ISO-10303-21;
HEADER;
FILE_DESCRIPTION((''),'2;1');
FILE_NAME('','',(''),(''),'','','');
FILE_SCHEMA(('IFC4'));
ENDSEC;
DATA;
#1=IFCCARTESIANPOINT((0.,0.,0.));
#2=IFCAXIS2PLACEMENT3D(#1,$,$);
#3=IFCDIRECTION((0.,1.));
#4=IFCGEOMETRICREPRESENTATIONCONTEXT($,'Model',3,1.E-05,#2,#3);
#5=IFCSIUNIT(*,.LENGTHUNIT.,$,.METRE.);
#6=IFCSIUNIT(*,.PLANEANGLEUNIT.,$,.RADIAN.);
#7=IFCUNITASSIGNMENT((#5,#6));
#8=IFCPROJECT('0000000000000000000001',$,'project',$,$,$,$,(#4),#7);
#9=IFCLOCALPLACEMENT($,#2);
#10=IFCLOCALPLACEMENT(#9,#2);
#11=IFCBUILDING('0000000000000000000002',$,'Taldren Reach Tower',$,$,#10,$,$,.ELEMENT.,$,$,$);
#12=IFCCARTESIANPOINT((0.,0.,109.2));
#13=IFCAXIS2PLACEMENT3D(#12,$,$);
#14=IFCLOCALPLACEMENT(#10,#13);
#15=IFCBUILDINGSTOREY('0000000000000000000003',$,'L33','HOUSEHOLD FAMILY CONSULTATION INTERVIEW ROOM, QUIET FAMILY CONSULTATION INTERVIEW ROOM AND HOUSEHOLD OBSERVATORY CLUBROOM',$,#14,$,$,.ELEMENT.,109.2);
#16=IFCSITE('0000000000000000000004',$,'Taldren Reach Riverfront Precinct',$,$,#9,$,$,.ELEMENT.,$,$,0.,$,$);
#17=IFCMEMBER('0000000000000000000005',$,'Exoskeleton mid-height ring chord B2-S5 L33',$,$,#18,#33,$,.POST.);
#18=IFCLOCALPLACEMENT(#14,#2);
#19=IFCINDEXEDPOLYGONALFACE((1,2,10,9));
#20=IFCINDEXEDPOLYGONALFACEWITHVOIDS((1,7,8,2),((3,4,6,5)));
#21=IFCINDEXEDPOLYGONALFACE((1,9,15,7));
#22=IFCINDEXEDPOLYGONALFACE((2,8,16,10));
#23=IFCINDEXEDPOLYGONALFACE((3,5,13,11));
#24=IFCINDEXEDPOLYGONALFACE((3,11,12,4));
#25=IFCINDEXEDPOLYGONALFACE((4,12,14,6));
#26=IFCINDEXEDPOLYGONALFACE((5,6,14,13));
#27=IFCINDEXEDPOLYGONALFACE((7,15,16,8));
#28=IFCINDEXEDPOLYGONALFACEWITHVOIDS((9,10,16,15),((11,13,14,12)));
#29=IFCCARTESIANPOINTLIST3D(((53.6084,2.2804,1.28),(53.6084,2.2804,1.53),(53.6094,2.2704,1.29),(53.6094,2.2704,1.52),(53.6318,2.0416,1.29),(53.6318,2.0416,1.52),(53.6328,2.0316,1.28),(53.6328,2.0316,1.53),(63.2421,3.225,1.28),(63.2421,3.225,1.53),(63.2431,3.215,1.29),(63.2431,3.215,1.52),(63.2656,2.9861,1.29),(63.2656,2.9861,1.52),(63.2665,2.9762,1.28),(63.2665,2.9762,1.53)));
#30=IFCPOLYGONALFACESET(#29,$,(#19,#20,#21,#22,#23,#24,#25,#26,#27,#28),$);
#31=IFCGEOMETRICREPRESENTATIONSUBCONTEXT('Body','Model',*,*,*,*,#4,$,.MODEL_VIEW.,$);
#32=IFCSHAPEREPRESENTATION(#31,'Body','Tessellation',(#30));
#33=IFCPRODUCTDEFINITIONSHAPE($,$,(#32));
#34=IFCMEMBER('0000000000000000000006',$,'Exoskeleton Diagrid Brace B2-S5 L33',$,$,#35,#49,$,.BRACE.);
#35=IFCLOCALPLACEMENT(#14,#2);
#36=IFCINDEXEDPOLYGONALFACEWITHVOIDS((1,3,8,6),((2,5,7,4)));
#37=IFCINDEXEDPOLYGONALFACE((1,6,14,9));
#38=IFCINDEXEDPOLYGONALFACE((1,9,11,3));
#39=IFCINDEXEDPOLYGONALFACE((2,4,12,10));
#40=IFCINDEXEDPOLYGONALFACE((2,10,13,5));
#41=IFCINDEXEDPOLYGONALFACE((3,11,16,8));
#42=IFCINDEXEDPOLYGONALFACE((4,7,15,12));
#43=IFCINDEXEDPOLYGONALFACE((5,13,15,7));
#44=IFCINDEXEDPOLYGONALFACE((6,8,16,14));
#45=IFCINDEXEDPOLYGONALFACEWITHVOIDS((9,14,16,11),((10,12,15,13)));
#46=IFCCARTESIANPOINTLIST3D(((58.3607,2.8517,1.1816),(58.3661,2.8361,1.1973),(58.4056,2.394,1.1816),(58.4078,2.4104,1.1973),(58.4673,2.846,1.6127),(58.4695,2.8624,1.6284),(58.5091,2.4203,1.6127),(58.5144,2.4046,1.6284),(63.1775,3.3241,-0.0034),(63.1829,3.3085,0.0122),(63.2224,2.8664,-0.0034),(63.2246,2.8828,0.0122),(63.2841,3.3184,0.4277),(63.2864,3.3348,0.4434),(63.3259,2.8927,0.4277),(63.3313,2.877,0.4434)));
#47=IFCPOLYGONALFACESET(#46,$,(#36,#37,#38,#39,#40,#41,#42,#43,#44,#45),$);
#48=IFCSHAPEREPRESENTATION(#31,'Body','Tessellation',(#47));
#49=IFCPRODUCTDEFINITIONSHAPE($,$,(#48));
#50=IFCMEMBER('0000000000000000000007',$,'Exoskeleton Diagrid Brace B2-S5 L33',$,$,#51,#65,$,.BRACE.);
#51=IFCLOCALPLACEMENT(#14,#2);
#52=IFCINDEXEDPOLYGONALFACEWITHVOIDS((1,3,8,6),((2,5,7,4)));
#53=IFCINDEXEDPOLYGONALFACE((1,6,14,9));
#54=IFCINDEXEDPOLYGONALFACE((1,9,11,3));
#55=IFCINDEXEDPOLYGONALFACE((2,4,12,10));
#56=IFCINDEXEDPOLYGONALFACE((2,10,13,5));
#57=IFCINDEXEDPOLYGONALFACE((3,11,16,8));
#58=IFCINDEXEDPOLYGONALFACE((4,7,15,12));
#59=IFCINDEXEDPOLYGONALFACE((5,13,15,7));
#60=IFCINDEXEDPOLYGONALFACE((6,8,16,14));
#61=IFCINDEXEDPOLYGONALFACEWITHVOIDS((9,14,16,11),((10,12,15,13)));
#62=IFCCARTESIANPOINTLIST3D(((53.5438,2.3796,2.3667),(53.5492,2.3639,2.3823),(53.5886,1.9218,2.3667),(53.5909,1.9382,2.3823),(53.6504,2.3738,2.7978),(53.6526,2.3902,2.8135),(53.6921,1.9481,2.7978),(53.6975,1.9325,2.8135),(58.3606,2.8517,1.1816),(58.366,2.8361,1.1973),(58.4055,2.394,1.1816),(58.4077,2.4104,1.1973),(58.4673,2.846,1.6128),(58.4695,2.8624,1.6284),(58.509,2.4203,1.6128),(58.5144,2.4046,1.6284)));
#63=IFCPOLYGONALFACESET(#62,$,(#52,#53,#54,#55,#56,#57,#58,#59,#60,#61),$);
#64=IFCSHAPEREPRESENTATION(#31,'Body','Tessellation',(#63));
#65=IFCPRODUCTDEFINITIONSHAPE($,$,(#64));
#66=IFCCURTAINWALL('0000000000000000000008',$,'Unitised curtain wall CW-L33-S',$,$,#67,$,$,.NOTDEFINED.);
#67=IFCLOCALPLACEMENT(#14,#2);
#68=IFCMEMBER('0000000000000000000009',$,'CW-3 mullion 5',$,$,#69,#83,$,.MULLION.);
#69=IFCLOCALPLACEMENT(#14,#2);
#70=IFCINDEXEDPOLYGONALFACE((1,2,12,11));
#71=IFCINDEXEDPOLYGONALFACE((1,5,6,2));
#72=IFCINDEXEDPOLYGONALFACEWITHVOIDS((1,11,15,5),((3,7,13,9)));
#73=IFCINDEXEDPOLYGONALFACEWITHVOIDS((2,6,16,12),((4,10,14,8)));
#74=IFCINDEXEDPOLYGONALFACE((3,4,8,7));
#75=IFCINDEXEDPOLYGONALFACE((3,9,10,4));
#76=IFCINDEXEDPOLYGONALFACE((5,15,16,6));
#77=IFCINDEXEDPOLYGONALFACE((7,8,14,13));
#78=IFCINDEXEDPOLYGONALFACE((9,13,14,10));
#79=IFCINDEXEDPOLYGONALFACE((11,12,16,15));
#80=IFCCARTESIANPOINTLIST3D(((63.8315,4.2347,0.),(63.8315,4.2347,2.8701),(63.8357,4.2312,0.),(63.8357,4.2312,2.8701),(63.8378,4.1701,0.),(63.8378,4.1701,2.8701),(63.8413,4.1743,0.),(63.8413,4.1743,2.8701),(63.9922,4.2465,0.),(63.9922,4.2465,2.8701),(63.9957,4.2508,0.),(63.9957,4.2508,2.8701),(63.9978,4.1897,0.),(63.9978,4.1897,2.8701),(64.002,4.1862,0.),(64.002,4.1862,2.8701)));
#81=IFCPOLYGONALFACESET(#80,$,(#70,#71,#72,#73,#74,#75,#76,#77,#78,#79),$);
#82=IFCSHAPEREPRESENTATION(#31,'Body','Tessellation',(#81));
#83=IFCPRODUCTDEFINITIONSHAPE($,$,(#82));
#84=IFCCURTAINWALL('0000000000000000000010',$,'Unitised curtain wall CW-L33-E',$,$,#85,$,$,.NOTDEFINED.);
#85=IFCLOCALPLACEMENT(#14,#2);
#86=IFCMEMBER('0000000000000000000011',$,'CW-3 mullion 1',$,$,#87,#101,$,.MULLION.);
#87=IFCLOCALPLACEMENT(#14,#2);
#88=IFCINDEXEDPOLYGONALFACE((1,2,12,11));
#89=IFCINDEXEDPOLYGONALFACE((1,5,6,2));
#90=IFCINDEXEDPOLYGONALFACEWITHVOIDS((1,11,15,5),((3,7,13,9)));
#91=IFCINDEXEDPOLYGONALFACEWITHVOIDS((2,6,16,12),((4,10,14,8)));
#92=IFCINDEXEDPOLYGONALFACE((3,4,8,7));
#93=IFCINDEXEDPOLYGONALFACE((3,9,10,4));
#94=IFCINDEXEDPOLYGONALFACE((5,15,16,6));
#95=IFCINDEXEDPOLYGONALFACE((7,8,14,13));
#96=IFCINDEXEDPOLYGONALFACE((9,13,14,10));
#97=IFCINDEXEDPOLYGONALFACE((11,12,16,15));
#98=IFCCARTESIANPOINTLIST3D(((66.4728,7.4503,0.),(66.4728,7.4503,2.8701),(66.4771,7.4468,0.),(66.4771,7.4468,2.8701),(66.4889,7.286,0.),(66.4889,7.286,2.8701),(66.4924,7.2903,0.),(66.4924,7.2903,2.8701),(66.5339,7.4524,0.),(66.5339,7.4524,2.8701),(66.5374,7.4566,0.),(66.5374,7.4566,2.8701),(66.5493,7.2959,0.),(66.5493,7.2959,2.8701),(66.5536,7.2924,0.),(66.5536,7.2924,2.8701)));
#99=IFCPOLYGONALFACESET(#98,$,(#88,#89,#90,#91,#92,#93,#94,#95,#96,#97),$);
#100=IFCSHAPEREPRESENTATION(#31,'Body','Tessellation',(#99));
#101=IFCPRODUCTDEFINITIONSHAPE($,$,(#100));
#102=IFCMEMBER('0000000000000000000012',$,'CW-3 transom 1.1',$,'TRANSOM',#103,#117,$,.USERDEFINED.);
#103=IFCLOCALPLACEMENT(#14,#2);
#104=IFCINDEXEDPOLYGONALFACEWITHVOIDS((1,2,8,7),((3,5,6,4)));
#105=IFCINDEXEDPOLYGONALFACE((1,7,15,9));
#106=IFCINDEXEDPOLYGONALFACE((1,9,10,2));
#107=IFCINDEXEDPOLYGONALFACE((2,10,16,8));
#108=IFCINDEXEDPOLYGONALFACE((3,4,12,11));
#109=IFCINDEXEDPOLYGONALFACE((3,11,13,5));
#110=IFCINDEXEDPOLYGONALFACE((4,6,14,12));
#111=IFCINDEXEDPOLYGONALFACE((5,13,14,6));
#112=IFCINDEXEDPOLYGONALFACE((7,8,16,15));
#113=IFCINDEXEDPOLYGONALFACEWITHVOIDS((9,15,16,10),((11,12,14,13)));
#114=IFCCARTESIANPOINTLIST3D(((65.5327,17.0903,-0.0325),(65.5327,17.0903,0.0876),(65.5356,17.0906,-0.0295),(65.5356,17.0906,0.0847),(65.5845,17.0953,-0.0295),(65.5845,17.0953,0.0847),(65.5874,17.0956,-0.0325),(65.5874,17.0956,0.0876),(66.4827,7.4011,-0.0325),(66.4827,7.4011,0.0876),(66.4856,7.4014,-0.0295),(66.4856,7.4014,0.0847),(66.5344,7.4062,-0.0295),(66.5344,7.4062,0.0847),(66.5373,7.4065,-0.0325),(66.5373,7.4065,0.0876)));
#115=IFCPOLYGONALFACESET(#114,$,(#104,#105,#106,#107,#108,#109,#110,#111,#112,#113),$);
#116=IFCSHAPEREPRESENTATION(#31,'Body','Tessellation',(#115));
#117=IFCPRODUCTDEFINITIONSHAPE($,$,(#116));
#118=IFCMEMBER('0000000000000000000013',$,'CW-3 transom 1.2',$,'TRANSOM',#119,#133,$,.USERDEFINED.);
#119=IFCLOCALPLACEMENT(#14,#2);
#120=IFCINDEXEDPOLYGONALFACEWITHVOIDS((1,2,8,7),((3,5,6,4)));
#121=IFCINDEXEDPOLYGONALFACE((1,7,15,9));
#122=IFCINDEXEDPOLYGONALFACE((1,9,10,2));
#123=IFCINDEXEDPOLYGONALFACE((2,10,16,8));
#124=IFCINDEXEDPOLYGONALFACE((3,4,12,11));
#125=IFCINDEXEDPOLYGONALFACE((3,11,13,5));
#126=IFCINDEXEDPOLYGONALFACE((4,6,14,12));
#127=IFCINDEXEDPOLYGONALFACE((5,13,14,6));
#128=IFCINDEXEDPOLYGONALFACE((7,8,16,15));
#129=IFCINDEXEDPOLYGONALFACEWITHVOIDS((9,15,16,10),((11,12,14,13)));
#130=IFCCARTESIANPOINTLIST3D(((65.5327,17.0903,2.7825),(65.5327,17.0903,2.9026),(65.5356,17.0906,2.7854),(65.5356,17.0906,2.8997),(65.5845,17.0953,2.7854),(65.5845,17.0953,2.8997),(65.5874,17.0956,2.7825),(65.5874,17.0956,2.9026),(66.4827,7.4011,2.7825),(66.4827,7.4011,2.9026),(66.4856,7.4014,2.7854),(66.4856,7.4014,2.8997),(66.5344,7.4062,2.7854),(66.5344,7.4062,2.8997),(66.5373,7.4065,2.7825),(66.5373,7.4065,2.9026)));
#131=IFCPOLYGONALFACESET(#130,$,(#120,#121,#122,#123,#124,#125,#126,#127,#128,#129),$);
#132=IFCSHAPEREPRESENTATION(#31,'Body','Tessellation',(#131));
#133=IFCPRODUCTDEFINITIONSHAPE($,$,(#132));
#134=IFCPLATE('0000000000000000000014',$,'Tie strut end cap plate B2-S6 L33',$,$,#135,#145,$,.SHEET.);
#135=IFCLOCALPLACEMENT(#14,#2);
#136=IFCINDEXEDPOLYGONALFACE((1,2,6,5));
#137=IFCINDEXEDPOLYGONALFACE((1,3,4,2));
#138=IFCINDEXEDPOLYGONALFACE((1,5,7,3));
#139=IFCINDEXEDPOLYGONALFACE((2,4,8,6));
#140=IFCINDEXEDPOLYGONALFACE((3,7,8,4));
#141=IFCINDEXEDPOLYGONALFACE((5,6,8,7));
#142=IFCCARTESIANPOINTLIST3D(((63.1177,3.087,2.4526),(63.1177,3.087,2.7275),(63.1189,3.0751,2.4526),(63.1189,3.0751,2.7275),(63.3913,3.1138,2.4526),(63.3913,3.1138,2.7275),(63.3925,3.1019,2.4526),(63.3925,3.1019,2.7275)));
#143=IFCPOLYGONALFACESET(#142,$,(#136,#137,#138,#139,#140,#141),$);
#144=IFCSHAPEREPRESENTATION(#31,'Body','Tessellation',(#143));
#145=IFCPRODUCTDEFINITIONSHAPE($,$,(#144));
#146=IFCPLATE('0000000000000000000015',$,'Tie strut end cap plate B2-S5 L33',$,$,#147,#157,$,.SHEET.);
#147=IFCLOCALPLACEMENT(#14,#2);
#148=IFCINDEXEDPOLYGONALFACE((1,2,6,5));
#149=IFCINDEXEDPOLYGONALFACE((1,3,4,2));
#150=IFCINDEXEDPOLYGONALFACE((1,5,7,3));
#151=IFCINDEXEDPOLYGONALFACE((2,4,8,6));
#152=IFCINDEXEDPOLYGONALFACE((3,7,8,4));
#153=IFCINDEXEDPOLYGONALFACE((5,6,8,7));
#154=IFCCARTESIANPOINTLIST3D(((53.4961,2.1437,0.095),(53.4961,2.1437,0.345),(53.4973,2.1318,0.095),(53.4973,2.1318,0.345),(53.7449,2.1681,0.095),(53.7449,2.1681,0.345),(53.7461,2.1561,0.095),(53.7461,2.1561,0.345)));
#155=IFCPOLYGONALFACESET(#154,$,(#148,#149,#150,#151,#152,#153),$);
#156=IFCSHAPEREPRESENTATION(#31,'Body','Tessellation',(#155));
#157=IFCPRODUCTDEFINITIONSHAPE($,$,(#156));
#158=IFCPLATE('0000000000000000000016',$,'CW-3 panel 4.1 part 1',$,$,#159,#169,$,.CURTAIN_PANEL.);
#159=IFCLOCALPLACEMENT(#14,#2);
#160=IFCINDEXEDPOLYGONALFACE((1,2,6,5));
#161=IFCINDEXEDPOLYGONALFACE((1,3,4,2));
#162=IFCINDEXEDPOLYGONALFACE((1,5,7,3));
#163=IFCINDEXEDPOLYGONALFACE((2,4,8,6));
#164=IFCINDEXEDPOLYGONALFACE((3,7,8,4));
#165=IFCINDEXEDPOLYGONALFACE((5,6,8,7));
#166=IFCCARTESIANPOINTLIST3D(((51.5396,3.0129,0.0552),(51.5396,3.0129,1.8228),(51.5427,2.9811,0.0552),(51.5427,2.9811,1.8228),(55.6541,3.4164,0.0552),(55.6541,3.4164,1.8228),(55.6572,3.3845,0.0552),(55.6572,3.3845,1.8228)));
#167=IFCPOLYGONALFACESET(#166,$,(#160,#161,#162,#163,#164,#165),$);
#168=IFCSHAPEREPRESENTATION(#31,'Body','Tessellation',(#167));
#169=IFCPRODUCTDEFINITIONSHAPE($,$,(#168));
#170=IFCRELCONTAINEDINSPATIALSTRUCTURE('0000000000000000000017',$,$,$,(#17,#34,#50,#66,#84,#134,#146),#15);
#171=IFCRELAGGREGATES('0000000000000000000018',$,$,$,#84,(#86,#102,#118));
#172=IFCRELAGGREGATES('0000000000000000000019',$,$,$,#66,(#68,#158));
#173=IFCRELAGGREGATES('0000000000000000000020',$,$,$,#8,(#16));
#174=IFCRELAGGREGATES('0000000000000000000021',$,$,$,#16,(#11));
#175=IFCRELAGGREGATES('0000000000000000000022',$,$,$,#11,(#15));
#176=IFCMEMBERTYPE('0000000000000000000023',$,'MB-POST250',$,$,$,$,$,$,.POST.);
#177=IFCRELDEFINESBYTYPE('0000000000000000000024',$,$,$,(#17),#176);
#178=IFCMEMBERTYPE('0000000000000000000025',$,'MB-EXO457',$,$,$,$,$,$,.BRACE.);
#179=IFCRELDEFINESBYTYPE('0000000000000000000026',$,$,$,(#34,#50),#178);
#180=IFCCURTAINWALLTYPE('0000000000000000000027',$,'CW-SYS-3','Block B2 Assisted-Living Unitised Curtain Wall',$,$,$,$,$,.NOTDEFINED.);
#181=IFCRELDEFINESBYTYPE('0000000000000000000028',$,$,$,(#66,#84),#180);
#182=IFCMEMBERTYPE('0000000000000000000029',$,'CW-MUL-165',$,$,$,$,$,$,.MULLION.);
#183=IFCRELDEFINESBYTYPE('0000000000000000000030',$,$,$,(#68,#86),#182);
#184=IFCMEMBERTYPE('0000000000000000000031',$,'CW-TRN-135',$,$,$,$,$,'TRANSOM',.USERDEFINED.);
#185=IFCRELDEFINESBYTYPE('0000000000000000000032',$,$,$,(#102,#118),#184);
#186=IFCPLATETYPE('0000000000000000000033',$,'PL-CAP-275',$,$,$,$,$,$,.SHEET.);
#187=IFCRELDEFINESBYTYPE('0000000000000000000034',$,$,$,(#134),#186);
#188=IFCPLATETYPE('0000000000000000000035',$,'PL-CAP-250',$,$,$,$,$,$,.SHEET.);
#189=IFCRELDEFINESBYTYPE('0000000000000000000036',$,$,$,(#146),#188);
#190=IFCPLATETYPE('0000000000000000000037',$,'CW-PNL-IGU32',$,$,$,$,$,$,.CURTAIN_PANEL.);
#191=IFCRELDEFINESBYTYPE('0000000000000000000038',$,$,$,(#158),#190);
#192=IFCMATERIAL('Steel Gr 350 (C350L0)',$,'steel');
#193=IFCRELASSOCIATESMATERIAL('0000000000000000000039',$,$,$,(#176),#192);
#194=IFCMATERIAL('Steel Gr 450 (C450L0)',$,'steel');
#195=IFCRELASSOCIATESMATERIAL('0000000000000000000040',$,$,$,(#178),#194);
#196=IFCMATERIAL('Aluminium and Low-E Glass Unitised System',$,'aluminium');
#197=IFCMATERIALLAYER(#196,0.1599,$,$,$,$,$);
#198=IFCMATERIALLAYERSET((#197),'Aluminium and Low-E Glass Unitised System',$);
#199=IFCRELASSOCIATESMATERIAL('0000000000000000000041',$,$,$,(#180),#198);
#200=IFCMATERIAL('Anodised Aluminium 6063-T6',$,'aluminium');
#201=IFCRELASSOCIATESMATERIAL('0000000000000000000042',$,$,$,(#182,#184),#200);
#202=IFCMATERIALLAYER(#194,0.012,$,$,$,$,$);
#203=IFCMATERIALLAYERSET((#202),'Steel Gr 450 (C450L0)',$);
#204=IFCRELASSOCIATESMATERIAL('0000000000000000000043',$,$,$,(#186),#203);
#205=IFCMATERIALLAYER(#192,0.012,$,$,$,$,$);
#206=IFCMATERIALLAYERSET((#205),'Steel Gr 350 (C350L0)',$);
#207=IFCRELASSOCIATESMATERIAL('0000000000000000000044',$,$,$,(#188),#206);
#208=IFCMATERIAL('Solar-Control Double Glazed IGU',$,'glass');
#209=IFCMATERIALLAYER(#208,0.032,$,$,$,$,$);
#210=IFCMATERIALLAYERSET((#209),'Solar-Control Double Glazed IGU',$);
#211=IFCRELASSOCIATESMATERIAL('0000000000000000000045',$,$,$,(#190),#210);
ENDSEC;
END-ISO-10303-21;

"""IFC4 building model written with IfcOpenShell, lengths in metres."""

from ifc_helpers import new_model, si_unit, direction, frame, origin, origin_2d, place, context, subcontext, project, spatial, rectangle, hollow_rectangle, extrude, source, transform, mapped, material, layer, layer_set, material_profile, profile_set, type_object, element, aggregate, save


model = new_model("IFC4")

# Units and contexts
model_context = context("Model", 3, precision=1e-05, world=origin(), true_north=direction((0.0, 1.0)))
body_context = subcontext(model_context, "Body", "Model", "MODEL_VIEW")
ifc_project = project(units=[si_unit("LENGTHUNIT", "METRE"), si_unit("PLANEANGLEUNIT", "RADIAN")], contexts=[model_context])

# Site, building, storey
site_placement = place(None, origin())
site = spatial("IfcSite", under=ifc_project, at=site_placement, Name="Taldren Reach Riverfront Precinct", CompositionType="ELEMENT", RefElevation=0.0)
building_placement = place(site_placement, origin())
building = spatial("IfcBuilding", under=site, at=building_placement, Name="Taldren Reach Tower", CompositionType="ELEMENT")
storey_placement = place(building_placement, frame((0.0, 0.0, 109.2)))
storey = spatial("IfcBuildingStorey", under=building, at=storey_placement, Name="L33", Description="HOUSEHOLD FAMILY CONSULTATION INTERVIEW ROOM, QUIET FAMILY CONSULTATION INTERVIEW ROOM AND HOUSEHOLD OBSERVATORY CLUBROOM", CompositionType="ELEMENT", Elevation=109.2)

# Shared definitions
ifc_material_1 = material(Name="Steel Gr 450 (C450L0)", Category="steel")
ifc_material_2 = material(Name="Steel Gr 350 (C350L0)", Category="steel")
ifc_material_profile_1 = material_profile(ifc_material_2, hollow_rectangle(XDim=0.25, YDim=0.25, WallThickness=0.01, at=origin_2d()), Name="250x250x10.0SHS")
ifc_profile_set_1 = profile_set([ifc_material_profile_1], Name="Steel Gr 350 (C350L0)")
member_type_1 = type_object("IfcMemberType", Name="MB-POST250", PredefinedType="POST", material=ifc_profile_set_1)

# Members
shared_shape_1 = source(origin(), body_context, "Body", "SweptSolid", [
    extrude(hollow_rectangle(XDim=0.25, YDim=0.25, WallThickness=0.01, at=origin_2d()), origin(), (0.0, 0.0, 1.0), 9.6799),
])
member_1_placement = place(storey_placement, frame((53.6206, 2.156, 1.405), z_axis=(0.995228, 0.097581, 0.0), x_axis=(-0.097581, 0.995228, 0.0)))
element("IfcMember", 1, at=member_1_placement, inside=storey, type_object=member_type_1, Name="Exoskeleton mid-height ring chord B2-S5 L33", PredefinedType="POST", context=body_context, shape_type="MappedRepresentation", body=[
    mapped(shared_shape_1, transform((0.0, 0.0, 0.0), scale=1.0)),
])
ifc_material_profile_2 = material_profile(ifc_material_1, hollow_rectangle(XDim=0.46, YDim=0.46, WallThickness=0.0161, at=origin_2d()), Name="460x460x16.0SHS")
ifc_profile_set_2 = profile_set([ifc_material_profile_2], Name="Steel Gr 450 (C450L0)")
member_type_2 = type_object("IfcMemberType", Name="MB-EXO457", PredefinedType="BRACE", material=ifc_profile_set_2)
shared_shape_2 = source(origin(), body_context, "Body", "SweptSolid", [
    extrude(hollow_rectangle(XDim=0.46, YDim=0.46, WallThickness=0.0161, at=origin_2d()), origin(), (0.0, 0.0, 1.0), 4.9829),
])
for number, where, z_axis, x_axis, name in (
    (2, (63.2544, 3.1006, 0.22), (-0.966671, -0.094805, 0.237822), (0.097606, -0.995225, 0.0), "Exoskeleton Diagrid Brace B2-S5 L33"),
    (3, (58.4375, 2.6282, 1.405), (-0.966675, -0.094757, 0.237823), (0.097556, -0.99523, 0.0), "Exoskeleton Diagrid Brace B2-S5 L33"),
):
    element("IfcMember", number, at=place(storey_placement, frame(where, z_axis=z_axis, x_axis=x_axis)), inside=storey, type_object=member_type_2, Name=name, PredefinedType="BRACE", context=body_context, shape_type="MappedRepresentation", body=[
        mapped(shared_shape_2, transform((0.0, 0.0, 0.0), scale=1.0)),
    ])

# Curtain wall, member
ifc_material_3 = material(Name="Aluminium and Low-E Glass Unitised System", Category="aluminium")
ifc_layer_1 = layer(ifc_material_3, 0.1599)
ifc_layer_set_1 = layer_set([ifc_layer_1], Name="Aluminium and Low-E Glass Unitised System")
curtain_wall_type = type_object("IfcCurtainWallType", Name="CW-SYS-3", Description="Block B2 Assisted-Living Unitised Curtain Wall", PredefinedType="NOTDEFINED", material=ifc_layer_set_1)
curtain_wall_1_placement = place(storey_placement, origin())
curtain_wall_1 = element("IfcCurtainWall", 4, at=curtain_wall_1_placement, inside=storey, type_object=curtain_wall_type, Name="Unitised curtain wall CW-L33-S", PredefinedType="NOTDEFINED")
ifc_material_4 = material(Name="Anodised Aluminium 6063-T6", Category="aluminium")
ifc_material_profile_3 = material_profile(ifc_material_4, hollow_rectangle(XDim=0.0649, YDim=0.165, WallThickness=0.0039, at=origin_2d()), Name="ALU-165x65x4RHS")
ifc_profile_set_3 = profile_set([ifc_material_profile_3], Name="Anodised Aluminium 6063-T6")
member_type_3 = type_object("IfcMemberType", Name="CW-MUL-165", PredefinedType="MULLION", material=ifc_profile_set_3)
shared_shape_3 = source(origin(), body_context, "Body", "SweptSolid", [
    extrude(hollow_rectangle(XDim=0.0649, YDim=0.165, WallThickness=0.0039, at=origin_2d()), origin(), (0.0, 0.0, 1.0), 2.8701),
])
member_2_placement = place(storey_placement, frame((63.9167, 4.2104, 0.0), z_axis=(0.0, 0.0, 1.0), x_axis=(-0.097583, 0.995227, 0.0)))
member_2 = element("IfcMember", 5, at=member_2_placement, type_object=member_type_3, Name="CW-3 mullion 5", PredefinedType="MULLION", context=body_context, shape_type="MappedRepresentation", body=[
    mapped(shared_shape_3, transform((0.0, 0.0, 0.0), scale=1.0)),
])

# Curtain wall, members
curtain_wall_2_placement = place(storey_placement, origin())
curtain_wall_2 = element("IfcCurtainWall", 6, at=curtain_wall_2_placement, inside=storey, type_object=curtain_wall_type, Name="Unitised curtain wall CW-L33-E", PredefinedType="NOTDEFINED")
member_3_placement = place(storey_placement, frame((66.5132, 7.3713, 0.0), z_axis=(0.0, 0.0, 1.0), x_axis=(-0.995227, -0.097583, 0.0)))
member_3 = element("IfcMember", 7, at=member_3_placement, type_object=member_type_3, Name="CW-3 mullion 1", PredefinedType="MULLION", context=body_context, shape_type="MappedRepresentation", body=[
    mapped(shared_shape_3, transform((0.0, 0.0, 0.0), scale=1.0)),
])
ifc_material_profile_4 = material_profile(ifc_material_4, hollow_rectangle(XDim=0.0549, YDim=0.1201, WallThickness=0.0029, at=origin_2d()), Name="ALU-120x55x3RHS")
ifc_profile_set_4 = profile_set([ifc_material_profile_4], Name="Anodised Aluminium 6063-T6")
member_type_4 = type_object("IfcMemberType", Name="CW-TRN-135", ElementType="TRANSOM", PredefinedType="USERDEFINED", material=ifc_profile_set_4)
shared_shape_4 = source(origin(), body_context, "Body", "SweptSolid", [
    extrude(hollow_rectangle(XDim=0.0549, YDim=0.1201, WallThickness=0.0029, at=origin_2d()), origin(), (0.0, 0.0, 1.0), 9.7356),
])
member_4_placement = place(storey_placement, frame((66.51, 7.4038, 0.0276), z_axis=(-0.097574, 0.995228, 0.0), x_axis=(-0.995228, -0.097574, 0.0)))
member_4 = element("IfcMember", 8, at=member_4_placement, type_object=member_type_4, Name="CW-3 transom 1.1", ObjectType="TRANSOM", PredefinedType="USERDEFINED", context=body_context, shape_type="MappedRepresentation", body=[
    mapped(shared_shape_4, transform((0.0, 0.0, 0.0), scale=1.0)),
])
member_5_placement = place(storey_placement, frame((66.51, 7.4038, 2.8425), z_axis=(-0.097574, 0.995228, 0.0), x_axis=(-0.995228, -0.097574, 0.0)))
member_5 = element("IfcMember", 9, at=member_5_placement, type_object=member_type_4, Name="CW-3 transom 1.2", ObjectType="TRANSOM", PredefinedType="USERDEFINED", context=body_context, shape_type="MappedRepresentation", body=[
    mapped(shared_shape_4, transform((0.0, 0.0, 0.0), scale=1.0)),
])
aggregate(curtain_wall_2, [member_3, member_4, member_5])

# Plates
ifc_layer_2 = layer(ifc_material_1, 0.012)
ifc_layer_set_2 = layer_set([ifc_layer_2], Name="Steel Gr 450 (C450L0)")
plate_type_1 = type_object("IfcPlateType", Name="PL-CAP-275", PredefinedType="SHEET", material=ifc_layer_set_2)
shared_shape_5 = source(origin(), body_context, "Body", "SweptSolid", [
    extrude(rectangle(XDim=0.2749, YDim=0.012, at=origin_2d()), origin(), (0.0, 0.0, 1.0), 0.2749),
])
plate_1_placement = place(storey_placement, frame((63.2551, 3.0945, 2.4526), z_axis=(0.0, 0.0, 1.0), x_axis=(0.995227, 0.097583, 0.0)))
element("IfcPlate", 10, at=plate_1_placement, inside=storey, type_object=plate_type_1, Name="Tie strut end cap plate B2-S6 L33", PredefinedType="SHEET", context=body_context, shape_type="MappedRepresentation", body=[
    mapped(shared_shape_5, transform((0.0, 0.0, 0.0), scale=1.0)),
])
ifc_layer_3 = layer(ifc_material_2, 0.012)
ifc_layer_set_3 = layer_set([ifc_layer_3], Name="Steel Gr 350 (C350L0)")
plate_type_2 = type_object("IfcPlateType", Name="PL-CAP-250", PredefinedType="SHEET", material=ifc_layer_set_3)
shared_shape_6 = source(origin(), body_context, "Body", "SweptSolid", [
    extrude(rectangle(XDim=0.25, YDim=0.012, at=origin_2d()), origin(), (0.0, 0.0, 1.0), 0.25),
])
plate_2_placement = place(storey_placement, frame((53.6211, 2.1499, 0.095), z_axis=(0.0, 0.0, 1.0), x_axis=(0.995227, 0.097583, 0.0)))
element("IfcPlate", 11, at=plate_2_placement, inside=storey, type_object=plate_type_2, Name="Tie strut end cap plate B2-S5 L33", PredefinedType="SHEET", context=body_context, shape_type="MappedRepresentation", body=[
    mapped(shared_shape_6, transform((0.0, 0.0, 0.0), scale=1.0)),
])

# Plate
ifc_material_5 = material(Name="Solar-Control Double Glazed IGU", Category="glass")
ifc_layer_4 = layer(ifc_material_5, 0.032)
ifc_layer_set_4 = layer_set([ifc_layer_4], Name="Solar-Control Double Glazed IGU")
plate_type_3 = type_object("IfcPlateType", Name="CW-PNL-IGU32", PredefinedType="CURTAIN_PANEL", material=ifc_layer_set_4)
shared_shape_7 = source(origin(), body_context, "Body", "SweptSolid", [
    extrude(rectangle(XDim=4.1343, YDim=0.032, at=origin_2d()), origin(), (0.0, 0.0, 1.0), 1.7676),
])
plate_3_placement = place(storey_placement, frame((53.5984, 3.1987, 0.0552), z_axis=(0.0, 0.0, 1.0), x_axis=(0.995227, 0.097583, 0.0)))
plate_3 = element("IfcPlate", 12, at=plate_3_placement, type_object=plate_type_3, Name="CW-3 panel 4.1 part 1", PredefinedType="CURTAIN_PANEL", context=body_context, shape_type="MappedRepresentation", body=[
    mapped(shared_shape_7, transform((0.0, 0.0, 0.0), scale=1.0)),
])
aggregate(curtain_wall_1, [member_2, plate_3])

save(model, "model.ifc")
